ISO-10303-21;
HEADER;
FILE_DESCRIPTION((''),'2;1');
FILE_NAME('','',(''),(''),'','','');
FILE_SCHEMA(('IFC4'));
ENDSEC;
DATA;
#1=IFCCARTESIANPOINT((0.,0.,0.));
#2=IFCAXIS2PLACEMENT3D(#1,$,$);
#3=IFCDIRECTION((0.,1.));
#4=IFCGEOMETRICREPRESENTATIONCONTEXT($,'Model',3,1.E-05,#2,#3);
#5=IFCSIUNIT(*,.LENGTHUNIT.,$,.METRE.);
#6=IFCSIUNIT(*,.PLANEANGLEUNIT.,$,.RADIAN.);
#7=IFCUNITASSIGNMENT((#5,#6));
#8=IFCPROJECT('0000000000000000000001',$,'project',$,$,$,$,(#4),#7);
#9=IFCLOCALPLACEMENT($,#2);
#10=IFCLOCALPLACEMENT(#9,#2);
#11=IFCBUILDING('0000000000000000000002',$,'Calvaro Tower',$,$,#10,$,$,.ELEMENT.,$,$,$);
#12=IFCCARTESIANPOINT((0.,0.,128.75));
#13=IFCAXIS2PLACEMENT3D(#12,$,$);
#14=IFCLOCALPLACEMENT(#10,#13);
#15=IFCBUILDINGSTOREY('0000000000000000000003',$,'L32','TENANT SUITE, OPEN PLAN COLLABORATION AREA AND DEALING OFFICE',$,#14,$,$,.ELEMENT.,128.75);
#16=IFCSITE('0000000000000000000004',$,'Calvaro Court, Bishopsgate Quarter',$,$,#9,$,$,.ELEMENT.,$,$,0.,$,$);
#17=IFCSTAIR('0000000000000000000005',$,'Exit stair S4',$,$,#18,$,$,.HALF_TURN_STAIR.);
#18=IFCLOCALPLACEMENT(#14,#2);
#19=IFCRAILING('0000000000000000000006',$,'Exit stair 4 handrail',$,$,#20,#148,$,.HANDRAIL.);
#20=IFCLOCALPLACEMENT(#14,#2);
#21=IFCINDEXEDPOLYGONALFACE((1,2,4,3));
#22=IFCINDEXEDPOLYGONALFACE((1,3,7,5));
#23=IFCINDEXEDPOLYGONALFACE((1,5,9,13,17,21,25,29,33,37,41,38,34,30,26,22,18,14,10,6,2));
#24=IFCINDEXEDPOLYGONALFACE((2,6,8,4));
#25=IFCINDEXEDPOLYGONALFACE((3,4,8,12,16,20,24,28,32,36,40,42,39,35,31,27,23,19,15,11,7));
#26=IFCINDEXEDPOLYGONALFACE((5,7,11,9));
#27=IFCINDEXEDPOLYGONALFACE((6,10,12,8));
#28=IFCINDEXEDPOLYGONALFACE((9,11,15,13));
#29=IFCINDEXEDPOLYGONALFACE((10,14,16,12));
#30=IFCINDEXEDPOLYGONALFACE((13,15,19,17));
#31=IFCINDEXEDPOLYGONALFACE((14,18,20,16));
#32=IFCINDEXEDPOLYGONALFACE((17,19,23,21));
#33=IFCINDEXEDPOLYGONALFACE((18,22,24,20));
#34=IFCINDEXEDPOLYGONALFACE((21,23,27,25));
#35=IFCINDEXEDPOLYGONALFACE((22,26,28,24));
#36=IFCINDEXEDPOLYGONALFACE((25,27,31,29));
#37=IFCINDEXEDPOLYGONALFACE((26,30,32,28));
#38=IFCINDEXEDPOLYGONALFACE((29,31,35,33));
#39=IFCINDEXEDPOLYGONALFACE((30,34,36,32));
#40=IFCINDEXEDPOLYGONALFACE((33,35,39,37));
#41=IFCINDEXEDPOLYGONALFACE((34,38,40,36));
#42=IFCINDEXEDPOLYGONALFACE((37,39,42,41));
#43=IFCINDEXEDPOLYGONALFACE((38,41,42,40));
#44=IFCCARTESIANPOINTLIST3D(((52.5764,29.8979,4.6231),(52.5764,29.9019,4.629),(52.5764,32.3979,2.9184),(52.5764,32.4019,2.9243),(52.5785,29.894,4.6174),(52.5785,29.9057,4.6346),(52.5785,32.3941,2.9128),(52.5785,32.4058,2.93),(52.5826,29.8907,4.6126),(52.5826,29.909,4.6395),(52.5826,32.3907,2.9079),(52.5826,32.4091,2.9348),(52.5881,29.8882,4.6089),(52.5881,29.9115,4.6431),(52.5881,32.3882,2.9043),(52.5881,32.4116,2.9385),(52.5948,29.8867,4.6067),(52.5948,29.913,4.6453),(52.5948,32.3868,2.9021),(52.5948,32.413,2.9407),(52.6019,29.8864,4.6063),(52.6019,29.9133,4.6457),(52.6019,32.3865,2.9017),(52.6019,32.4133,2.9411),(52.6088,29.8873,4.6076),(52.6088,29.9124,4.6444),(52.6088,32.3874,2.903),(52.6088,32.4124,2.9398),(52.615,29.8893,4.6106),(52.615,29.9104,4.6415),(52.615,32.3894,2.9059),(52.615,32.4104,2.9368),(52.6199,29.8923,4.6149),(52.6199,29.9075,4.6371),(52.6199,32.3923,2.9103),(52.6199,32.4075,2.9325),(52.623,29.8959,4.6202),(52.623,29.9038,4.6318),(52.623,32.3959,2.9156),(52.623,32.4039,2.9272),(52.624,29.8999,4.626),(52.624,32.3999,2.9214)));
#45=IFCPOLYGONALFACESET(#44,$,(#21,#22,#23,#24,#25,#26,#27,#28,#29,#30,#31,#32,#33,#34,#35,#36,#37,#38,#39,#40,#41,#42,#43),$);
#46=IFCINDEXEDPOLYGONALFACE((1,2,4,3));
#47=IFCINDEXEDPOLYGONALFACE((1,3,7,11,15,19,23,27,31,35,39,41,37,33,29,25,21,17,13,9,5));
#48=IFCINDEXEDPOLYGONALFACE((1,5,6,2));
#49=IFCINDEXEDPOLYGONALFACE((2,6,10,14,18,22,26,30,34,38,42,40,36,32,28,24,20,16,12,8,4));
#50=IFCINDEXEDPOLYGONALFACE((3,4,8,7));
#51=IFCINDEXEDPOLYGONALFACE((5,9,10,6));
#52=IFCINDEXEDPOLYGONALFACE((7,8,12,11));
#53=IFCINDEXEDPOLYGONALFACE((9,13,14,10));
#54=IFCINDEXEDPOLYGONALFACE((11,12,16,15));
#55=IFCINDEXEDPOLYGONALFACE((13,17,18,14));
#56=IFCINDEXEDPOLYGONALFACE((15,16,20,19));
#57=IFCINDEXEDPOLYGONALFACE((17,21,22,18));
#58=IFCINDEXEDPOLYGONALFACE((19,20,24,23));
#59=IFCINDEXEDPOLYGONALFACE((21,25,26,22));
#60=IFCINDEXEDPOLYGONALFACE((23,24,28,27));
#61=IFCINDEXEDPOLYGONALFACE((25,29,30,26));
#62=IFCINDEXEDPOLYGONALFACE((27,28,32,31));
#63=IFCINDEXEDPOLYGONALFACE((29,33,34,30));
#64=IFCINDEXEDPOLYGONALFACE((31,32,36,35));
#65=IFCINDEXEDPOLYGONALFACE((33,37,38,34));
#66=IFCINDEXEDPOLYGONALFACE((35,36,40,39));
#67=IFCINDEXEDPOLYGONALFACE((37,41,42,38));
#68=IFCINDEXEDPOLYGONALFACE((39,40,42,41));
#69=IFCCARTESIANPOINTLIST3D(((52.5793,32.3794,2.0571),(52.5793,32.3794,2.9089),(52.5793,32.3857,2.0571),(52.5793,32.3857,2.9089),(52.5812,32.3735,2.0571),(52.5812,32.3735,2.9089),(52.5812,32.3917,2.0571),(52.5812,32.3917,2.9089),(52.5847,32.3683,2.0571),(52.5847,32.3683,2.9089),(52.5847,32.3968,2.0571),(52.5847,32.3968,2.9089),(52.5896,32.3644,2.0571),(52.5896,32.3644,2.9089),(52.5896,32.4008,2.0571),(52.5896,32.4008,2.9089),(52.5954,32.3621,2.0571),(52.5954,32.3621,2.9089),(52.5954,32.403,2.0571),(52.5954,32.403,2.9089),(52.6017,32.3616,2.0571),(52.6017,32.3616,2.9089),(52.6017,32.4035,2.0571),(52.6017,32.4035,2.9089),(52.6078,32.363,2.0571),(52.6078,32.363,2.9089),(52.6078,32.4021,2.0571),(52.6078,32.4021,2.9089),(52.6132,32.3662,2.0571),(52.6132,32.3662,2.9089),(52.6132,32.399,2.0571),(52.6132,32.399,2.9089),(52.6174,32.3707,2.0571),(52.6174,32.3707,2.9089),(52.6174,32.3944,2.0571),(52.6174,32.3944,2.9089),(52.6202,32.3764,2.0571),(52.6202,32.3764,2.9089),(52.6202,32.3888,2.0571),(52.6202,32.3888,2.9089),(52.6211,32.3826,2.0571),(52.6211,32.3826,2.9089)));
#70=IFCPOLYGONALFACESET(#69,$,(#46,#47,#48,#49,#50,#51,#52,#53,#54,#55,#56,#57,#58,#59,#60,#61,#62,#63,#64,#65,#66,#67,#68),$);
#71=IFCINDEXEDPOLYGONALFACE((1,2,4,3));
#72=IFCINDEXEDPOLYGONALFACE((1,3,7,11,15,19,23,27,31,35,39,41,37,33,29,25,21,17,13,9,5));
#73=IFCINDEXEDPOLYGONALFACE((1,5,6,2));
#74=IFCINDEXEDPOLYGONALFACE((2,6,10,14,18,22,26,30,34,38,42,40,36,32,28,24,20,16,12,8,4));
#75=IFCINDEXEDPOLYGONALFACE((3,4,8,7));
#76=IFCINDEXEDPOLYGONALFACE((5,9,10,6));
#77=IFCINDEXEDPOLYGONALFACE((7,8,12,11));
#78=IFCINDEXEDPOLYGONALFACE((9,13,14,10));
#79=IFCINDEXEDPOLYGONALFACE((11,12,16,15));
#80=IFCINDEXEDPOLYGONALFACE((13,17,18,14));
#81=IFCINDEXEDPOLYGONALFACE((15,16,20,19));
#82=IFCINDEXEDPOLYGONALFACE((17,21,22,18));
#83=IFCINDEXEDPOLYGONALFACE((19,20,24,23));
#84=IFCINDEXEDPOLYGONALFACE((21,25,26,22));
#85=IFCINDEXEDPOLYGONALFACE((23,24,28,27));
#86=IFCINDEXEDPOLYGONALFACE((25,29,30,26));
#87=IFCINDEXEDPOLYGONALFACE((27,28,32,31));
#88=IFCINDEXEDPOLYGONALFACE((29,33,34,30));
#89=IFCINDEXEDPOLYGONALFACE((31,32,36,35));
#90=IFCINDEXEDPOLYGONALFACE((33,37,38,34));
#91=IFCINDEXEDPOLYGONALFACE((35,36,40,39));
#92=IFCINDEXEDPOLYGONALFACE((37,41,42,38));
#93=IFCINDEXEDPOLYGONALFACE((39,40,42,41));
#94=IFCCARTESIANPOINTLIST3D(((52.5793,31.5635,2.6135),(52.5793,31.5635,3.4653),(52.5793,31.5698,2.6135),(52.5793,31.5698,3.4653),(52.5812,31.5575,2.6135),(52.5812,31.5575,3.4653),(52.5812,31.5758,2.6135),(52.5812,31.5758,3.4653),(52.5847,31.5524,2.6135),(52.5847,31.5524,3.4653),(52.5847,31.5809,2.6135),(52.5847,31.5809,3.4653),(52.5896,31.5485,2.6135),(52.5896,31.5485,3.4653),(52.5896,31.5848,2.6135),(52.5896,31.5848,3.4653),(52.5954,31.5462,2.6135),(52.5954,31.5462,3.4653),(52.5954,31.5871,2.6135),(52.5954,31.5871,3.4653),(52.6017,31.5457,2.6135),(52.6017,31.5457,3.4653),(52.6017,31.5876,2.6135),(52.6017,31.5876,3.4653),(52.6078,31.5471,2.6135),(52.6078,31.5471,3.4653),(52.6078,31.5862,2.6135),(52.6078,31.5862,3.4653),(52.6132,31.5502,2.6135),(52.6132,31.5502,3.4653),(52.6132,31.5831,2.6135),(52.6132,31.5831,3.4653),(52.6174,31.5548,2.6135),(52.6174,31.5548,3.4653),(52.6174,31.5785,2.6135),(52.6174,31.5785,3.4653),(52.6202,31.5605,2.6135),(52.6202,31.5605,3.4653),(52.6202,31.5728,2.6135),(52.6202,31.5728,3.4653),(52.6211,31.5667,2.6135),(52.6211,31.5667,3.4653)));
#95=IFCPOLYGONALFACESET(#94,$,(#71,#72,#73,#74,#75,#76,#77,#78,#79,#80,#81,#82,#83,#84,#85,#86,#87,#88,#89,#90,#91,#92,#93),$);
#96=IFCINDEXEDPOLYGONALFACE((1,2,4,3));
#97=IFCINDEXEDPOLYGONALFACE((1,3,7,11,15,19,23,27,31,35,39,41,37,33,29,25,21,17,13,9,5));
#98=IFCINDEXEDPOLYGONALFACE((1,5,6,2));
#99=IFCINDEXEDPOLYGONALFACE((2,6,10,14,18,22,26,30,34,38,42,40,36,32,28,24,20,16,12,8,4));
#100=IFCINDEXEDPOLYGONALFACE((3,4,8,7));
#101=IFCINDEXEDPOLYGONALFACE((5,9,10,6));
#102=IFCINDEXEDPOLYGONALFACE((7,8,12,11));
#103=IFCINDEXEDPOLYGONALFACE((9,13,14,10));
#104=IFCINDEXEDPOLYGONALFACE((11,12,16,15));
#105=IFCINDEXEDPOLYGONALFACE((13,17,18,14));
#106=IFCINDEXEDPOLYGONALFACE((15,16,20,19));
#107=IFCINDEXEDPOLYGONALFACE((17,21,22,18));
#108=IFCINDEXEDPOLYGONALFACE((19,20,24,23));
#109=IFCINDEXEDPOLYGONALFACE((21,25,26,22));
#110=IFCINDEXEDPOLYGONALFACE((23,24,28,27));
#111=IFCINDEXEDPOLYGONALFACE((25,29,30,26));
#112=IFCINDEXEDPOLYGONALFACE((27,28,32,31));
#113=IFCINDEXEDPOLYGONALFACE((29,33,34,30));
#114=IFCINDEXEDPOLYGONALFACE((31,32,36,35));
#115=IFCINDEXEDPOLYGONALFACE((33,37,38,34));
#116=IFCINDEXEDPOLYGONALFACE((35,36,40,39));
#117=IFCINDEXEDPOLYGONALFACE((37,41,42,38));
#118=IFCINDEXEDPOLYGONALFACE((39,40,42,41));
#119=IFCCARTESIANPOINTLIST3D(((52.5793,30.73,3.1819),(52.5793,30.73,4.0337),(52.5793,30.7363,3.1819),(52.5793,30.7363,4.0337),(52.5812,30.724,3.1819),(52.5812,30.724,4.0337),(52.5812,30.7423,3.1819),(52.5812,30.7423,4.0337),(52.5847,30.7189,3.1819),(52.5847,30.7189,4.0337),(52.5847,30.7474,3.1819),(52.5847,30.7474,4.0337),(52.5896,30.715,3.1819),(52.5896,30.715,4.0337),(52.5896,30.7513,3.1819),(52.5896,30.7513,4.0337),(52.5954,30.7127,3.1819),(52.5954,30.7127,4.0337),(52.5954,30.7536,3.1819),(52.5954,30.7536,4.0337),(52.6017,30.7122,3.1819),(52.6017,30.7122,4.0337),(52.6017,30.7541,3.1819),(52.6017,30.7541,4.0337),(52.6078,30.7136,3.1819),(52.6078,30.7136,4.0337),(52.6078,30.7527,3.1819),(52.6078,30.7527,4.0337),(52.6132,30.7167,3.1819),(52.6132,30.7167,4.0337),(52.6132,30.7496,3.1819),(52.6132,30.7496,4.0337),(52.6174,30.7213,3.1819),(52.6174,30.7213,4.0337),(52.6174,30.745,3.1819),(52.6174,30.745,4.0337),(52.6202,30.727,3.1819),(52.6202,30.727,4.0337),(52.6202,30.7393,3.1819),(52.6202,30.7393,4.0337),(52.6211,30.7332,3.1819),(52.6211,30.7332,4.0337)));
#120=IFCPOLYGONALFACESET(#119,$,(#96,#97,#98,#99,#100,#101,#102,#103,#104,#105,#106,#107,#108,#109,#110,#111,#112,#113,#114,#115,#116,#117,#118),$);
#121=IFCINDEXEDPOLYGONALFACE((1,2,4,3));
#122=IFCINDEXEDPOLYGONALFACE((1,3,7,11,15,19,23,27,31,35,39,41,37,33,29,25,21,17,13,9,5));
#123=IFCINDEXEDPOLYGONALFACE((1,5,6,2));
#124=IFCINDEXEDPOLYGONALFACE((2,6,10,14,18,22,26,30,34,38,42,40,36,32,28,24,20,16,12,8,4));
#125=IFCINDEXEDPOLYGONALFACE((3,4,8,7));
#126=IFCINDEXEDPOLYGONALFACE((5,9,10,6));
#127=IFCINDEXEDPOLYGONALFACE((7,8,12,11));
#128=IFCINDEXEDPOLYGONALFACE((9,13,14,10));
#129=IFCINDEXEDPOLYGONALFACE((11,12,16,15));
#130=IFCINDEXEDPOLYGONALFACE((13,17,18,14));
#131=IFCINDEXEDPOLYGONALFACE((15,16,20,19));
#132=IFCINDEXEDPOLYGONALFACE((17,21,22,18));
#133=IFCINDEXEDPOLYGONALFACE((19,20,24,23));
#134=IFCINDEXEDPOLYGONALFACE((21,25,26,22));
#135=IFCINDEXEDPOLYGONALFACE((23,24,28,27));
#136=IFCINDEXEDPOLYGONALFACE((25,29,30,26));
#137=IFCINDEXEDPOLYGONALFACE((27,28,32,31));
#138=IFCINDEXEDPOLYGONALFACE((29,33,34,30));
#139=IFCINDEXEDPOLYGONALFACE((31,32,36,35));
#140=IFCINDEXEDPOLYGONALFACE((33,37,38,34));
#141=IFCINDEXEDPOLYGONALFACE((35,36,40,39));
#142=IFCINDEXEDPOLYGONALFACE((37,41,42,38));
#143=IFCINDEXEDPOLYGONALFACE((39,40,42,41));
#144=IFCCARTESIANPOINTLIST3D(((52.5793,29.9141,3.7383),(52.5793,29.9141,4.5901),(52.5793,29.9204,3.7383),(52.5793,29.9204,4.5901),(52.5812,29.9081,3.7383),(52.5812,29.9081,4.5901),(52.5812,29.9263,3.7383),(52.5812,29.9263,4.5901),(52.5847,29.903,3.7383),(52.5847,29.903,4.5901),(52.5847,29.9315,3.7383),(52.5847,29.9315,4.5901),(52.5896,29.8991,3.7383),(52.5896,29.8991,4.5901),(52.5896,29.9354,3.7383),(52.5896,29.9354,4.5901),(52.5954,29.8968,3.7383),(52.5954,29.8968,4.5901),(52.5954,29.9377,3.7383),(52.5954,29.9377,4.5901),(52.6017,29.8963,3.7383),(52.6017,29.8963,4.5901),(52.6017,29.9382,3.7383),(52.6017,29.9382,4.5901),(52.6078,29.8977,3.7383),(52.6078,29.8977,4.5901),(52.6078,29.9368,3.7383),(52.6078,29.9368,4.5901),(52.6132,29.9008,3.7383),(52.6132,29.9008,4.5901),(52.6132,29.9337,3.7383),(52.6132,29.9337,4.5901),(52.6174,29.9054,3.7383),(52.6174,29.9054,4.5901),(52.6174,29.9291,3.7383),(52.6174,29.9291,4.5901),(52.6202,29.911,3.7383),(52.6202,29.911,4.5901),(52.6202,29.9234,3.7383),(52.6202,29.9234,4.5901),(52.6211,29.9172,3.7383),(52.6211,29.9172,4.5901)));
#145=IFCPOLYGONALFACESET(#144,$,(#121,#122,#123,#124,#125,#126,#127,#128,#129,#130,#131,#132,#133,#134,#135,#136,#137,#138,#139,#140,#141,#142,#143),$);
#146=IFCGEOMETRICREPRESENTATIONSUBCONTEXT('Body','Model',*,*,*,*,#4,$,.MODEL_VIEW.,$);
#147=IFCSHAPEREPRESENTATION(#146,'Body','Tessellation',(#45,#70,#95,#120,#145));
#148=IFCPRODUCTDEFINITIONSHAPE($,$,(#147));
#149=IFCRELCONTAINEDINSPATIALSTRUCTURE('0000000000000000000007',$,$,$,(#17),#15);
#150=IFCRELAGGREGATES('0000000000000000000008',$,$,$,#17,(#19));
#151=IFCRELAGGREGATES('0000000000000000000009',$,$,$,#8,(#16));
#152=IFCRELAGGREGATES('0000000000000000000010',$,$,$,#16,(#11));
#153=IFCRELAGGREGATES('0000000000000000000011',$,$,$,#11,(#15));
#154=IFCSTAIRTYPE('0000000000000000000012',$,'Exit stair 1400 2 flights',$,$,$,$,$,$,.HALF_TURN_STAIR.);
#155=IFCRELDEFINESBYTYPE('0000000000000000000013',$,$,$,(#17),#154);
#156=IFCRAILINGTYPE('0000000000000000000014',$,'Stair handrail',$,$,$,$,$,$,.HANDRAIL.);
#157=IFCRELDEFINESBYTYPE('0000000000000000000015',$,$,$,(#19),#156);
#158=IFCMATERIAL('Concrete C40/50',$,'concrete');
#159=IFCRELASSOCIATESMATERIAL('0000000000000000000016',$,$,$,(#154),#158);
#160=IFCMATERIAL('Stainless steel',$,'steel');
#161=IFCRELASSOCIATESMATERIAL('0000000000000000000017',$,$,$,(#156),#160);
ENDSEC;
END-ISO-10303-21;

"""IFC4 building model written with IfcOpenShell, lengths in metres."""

from ifc_helpers import new_model, si_unit, direction, frame, origin, origin_2d, place, context, subcontext, project, spatial, circle, extrude, material, type_object, element, aggregate, save


model = new_model("IFC4")

# Units and contexts
model_context = context("Model", 3, precision=1e-05, world=origin(), true_north=direction((0.0, 1.0)))
body_context = subcontext(model_context, "Body", "Model", "MODEL_VIEW")
ifc_project = project(units=[si_unit("LENGTHUNIT", "METRE"), si_unit("PLANEANGLEUNIT", "RADIAN")], contexts=[model_context])

# Site, building, storey
site_placement = place(None, origin())
site = spatial("IfcSite", under=ifc_project, at=site_placement, Name="Calvaro Court, Bishopsgate Quarter", CompositionType="ELEMENT", RefElevation=0.0)
building_placement = place(site_placement, origin())
building = spatial("IfcBuilding", under=site, at=building_placement, Name="Calvaro Tower", CompositionType="ELEMENT")
storey_placement = place(building_placement, frame((0.0, 0.0, 128.75)))
storey = spatial("IfcBuildingStorey", under=building, at=storey_placement, Name="L32", Description="TENANT SUITE, OPEN PLAN COLLABORATION AREA AND DEALING OFFICE", CompositionType="ELEMENT", Elevation=128.75)

# Stair
ifc_material_1 = material(Name="Concrete C40/50", Category="concrete")
stair_type = type_object("IfcStairType", Name="Exit stair 1400 2 flights", PredefinedType="HALF_TURN_STAIR", material=ifc_material_1)
stair_1_placement = place(storey_placement, origin())
stair_1 = element("IfcStair", 1, at=stair_1_placement, inside=storey, type_object=stair_type, Name="Exit stair S4", PredefinedType="HALF_TURN_STAIR")

# Railing
ifc_material_2 = material(Name="Stainless steel", Category="steel")
railing_type = type_object("IfcRailingType", Name="Stair handrail", PredefinedType="HANDRAIL", material=ifc_material_2)
railing_1_placement = place(storey_placement, frame((52.6001, 32.3999, 2.0454)))
railing_1 = element("IfcRailing", 2, at=railing_1_placement, type_object=railing_type, Name="Exit stair 4 handrail", PredefinedType="HANDRAIL", context=body_context, shape_type="SweptSolid", body=[
    extrude(circle(Radius=0.0239, at=origin_2d()), frame((0.0, 0.0, 0.876), z_axis=(0.0, -0.826221, 0.563347), x_axis=(1.0, 0.0, 0.0)), (0.0, 0.0, 1.0), 3.0259),
    extrude(circle(Radius=0.021, at=origin_2d()), frame((0.0, -0.0173, 0.0117)), (0.0, 0.0, 1.0), 0.8518),
    extrude(circle(Radius=0.021, at=origin_2d()), frame((0.0, -0.8333, 0.5681)), (0.0, 0.0, 1.0), 0.8518),
    extrude(circle(Radius=0.021, at=origin_2d()), frame((0.0, -1.6667, 1.1365)), (0.0, 0.0, 1.0), 0.8518),
    extrude(circle(Radius=0.021, at=origin_2d()), frame((0.0, -2.4827, 1.6929)), (0.0, 0.0, 1.0), 0.8518),
])
aggregate(stair_1, [railing_1])

save(model, "model.ifc")
